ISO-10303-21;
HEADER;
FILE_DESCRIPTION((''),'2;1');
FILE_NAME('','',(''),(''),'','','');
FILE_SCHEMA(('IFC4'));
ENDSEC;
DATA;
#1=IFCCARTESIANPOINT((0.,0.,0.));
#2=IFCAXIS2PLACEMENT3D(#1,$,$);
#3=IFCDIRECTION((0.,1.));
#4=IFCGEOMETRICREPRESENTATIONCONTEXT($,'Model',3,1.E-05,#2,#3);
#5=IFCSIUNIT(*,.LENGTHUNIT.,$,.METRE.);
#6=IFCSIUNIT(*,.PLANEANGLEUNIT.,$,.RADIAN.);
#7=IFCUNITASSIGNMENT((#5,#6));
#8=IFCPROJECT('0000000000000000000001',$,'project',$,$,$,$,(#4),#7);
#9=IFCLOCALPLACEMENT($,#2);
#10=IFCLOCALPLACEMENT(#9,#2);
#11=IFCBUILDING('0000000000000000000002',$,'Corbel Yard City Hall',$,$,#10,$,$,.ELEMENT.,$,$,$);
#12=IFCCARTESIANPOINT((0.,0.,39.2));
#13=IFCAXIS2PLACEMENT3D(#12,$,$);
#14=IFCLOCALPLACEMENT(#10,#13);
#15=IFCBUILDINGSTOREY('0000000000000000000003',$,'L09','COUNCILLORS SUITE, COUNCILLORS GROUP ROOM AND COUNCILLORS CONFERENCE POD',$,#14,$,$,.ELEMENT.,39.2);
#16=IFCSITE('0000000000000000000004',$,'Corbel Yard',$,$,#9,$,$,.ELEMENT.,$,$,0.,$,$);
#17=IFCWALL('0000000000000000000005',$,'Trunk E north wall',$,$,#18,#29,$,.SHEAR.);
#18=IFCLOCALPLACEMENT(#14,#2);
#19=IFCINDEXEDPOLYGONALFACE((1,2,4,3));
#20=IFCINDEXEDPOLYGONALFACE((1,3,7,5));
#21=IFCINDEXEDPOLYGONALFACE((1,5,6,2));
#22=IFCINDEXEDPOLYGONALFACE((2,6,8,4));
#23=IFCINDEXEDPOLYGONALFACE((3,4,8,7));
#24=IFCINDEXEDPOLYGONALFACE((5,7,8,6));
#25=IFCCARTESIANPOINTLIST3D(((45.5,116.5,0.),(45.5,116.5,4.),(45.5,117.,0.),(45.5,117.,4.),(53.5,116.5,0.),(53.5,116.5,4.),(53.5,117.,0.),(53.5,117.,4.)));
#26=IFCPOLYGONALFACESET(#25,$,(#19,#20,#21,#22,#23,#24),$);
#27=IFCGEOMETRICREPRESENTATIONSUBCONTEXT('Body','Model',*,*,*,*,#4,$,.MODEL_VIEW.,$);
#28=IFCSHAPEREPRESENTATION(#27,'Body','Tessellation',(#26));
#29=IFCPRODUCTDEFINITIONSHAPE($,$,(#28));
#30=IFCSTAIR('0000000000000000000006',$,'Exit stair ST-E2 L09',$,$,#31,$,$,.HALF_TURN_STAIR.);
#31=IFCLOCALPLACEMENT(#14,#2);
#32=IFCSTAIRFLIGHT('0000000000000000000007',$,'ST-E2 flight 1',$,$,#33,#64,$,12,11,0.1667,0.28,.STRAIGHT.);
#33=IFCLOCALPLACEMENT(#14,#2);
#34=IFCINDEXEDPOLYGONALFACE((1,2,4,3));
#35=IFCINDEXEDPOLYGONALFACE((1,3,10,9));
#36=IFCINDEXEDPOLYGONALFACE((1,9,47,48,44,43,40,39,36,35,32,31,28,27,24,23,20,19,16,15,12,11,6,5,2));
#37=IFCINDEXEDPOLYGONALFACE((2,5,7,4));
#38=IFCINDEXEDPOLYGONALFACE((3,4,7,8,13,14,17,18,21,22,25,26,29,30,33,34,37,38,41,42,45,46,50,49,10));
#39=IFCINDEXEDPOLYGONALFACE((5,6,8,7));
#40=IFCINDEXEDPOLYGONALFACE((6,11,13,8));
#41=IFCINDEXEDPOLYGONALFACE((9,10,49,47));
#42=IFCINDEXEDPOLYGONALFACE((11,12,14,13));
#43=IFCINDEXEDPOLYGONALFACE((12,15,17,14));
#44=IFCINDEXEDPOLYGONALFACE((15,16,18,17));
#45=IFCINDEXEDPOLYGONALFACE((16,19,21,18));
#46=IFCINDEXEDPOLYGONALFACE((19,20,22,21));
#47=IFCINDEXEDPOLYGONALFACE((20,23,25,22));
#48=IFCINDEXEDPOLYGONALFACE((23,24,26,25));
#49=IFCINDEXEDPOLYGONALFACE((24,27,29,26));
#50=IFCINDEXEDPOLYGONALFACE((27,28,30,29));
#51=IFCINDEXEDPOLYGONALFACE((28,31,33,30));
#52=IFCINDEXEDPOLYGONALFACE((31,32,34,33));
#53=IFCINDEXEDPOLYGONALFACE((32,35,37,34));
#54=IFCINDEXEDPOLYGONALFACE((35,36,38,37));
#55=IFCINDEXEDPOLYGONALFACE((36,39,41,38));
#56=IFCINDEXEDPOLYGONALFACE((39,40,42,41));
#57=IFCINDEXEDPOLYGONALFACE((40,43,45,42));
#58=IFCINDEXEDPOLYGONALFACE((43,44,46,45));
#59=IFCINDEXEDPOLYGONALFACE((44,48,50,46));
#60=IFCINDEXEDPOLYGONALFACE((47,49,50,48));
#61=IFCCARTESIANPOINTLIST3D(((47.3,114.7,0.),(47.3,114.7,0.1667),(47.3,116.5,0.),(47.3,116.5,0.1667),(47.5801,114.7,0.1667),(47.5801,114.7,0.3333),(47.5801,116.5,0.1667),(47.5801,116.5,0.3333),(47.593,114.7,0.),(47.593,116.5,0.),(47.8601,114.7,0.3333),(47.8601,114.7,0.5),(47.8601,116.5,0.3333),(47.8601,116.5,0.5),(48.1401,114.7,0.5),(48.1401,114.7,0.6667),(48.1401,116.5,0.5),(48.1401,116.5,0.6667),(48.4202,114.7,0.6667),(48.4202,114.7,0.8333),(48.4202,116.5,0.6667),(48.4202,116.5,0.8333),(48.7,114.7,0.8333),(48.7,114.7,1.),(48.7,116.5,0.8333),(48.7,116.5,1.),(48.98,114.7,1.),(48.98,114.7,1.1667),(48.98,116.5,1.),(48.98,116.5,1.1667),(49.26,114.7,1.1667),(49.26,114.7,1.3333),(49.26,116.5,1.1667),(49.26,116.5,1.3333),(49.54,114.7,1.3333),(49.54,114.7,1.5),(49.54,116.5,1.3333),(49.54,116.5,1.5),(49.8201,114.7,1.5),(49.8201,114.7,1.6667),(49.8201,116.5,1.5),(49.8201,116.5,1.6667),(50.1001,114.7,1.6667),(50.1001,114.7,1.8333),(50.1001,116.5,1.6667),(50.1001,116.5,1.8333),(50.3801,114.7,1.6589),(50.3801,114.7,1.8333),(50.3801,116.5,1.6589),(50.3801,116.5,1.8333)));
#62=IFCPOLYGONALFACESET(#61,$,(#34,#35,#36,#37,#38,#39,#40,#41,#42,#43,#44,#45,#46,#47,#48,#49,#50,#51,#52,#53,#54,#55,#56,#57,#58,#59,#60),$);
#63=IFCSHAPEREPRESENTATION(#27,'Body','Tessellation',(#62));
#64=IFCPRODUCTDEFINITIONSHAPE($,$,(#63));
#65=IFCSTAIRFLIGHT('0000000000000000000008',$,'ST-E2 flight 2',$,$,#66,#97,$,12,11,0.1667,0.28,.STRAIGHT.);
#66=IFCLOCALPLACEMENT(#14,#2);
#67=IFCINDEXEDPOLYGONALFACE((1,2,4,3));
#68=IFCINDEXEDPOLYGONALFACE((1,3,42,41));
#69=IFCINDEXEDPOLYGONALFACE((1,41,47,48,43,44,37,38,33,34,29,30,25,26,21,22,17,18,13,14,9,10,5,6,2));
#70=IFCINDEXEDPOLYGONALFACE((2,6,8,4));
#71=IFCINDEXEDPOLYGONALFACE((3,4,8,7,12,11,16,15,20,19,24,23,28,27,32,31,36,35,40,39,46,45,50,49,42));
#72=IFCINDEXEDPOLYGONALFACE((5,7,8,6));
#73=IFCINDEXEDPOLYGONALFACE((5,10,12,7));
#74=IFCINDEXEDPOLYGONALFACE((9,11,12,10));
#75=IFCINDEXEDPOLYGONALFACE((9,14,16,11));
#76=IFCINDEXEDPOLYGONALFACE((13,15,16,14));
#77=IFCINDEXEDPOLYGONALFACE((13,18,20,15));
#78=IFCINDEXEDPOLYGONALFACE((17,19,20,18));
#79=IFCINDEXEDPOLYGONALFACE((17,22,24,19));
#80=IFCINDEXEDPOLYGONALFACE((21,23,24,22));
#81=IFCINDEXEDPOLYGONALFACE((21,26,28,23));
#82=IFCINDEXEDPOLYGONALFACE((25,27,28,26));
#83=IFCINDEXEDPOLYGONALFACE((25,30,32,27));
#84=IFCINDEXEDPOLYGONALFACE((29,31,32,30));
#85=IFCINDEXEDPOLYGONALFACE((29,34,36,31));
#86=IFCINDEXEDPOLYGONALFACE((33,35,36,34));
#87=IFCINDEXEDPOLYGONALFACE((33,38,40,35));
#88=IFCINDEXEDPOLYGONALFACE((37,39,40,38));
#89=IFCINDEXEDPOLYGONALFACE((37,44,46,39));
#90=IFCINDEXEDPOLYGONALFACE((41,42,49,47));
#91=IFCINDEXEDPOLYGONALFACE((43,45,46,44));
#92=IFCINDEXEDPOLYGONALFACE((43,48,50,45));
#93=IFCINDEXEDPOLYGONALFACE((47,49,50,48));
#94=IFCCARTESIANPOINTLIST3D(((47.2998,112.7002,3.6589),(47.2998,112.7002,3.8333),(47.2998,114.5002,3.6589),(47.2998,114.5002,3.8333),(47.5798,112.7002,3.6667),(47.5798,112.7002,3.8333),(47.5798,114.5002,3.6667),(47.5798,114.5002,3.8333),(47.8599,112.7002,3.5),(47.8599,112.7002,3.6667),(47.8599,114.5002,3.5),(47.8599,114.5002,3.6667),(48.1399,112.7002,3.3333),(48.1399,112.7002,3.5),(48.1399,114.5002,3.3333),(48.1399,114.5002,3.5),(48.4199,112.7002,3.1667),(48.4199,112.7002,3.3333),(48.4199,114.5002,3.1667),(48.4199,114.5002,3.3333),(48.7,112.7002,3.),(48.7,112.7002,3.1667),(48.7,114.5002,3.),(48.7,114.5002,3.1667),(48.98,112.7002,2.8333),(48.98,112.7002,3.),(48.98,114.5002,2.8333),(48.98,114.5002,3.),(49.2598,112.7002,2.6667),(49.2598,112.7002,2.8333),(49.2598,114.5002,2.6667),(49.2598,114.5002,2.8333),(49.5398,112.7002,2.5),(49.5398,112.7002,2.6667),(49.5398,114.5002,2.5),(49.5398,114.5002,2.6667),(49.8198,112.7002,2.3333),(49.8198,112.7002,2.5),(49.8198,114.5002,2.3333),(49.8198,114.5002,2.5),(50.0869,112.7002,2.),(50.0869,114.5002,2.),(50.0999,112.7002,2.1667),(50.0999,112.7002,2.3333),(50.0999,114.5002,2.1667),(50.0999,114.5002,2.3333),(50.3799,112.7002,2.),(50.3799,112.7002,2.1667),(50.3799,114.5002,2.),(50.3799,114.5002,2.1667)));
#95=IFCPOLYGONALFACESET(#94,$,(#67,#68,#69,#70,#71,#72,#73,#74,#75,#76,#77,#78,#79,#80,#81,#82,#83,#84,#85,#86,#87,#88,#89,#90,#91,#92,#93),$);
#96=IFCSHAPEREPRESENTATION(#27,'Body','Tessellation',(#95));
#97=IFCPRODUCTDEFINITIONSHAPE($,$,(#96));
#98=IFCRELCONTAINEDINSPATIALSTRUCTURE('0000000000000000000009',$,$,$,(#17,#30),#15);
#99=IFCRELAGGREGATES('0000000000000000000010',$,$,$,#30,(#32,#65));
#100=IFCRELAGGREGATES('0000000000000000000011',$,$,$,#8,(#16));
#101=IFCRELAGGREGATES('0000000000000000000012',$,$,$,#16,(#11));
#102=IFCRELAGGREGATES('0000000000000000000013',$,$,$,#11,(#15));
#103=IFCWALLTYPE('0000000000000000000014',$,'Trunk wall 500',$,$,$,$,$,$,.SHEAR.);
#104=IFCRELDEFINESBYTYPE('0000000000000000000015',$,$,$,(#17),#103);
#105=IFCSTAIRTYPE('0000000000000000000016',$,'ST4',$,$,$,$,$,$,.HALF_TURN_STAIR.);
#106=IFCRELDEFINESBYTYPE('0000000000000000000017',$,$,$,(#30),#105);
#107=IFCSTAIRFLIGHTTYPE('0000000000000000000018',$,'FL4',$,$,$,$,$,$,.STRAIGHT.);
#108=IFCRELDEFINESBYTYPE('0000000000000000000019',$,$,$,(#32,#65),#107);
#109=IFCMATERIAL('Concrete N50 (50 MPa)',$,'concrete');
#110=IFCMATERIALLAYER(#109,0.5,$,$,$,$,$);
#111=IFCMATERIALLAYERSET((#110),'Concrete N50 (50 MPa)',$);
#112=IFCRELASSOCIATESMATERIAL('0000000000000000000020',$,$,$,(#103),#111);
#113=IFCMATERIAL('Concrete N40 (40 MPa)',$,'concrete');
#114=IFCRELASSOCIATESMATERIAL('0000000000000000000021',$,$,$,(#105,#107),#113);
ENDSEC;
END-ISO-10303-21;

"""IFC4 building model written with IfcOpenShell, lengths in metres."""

from ifc_helpers import new_model, si_unit, direction, frame, frame_2d, origin, place, context, subcontext, project, spatial, polyline, rectangle, outline, extrude, material, layer, layer_set, type_object, element, aggregate, save


model = new_model("IFC4")

# Units and contexts
model_context = context("Model", 3, precision=1e-05, world=origin(), true_north=direction((0.0, 1.0)))
body_context = subcontext(model_context, "Body", "Model", "MODEL_VIEW")
ifc_project = project(units=[si_unit("LENGTHUNIT", "METRE"), si_unit("PLANEANGLEUNIT", "RADIAN")], contexts=[model_context])

# Site, building, storey
site_placement = place(None, origin())
site = spatial("IfcSite", under=ifc_project, at=site_placement, Name="Corbel Yard", CompositionType="ELEMENT", RefElevation=0.0)
building_placement = place(site_placement, origin())
building = spatial("IfcBuilding", under=site, at=building_placement, Name="Corbel Yard City Hall", CompositionType="ELEMENT")
storey_placement = place(building_placement, frame((0.0, 0.0, 39.2)))
storey = spatial("IfcBuildingStorey", under=building, at=storey_placement, Name="L09", Description="COUNCILLORS SUITE, COUNCILLORS GROUP ROOM AND COUNCILLORS CONFERENCE POD", CompositionType="ELEMENT", Elevation=39.2)

# Shared definitions
ifc_material_1 = material(Name="Concrete N40 (40 MPa)", Category="concrete")

# Wall
ifc_material_2 = material(Name="Concrete N50 (50 MPa)", Category="concrete")
ifc_layer_1 = layer(ifc_material_2, 0.5)
ifc_layer_set_1 = layer_set([ifc_layer_1], Name="Concrete N50 (50 MPa)")
wall_type_1 = type_object("IfcWallType", Name="Trunk wall 500", PredefinedType="SHEAR", material=ifc_layer_set_1)
wall_1_placement = place(storey_placement, frame((45.5, 116.75, 0.0), z_axis=(0.0, 0.0, 1.0), x_axis=(1.0, 0.0, 0.0)))
element("IfcWall", 1, at=wall_1_placement, inside=storey, type_object=wall_type_1, Name="Trunk E north wall", PredefinedType="SHEAR", context=body_context, shape_type="SweptSolid", body=[
    extrude(rectangle(XDim=8.0, YDim=0.5, at=frame_2d((4.0, 0.0))), origin(), (0.0, 0.0, 1.0), 4.0),
])

# Stair, stair flights
stair_type = type_object("IfcStairType", Name="ST4", PredefinedType="HALF_TURN_STAIR", material=ifc_material_1)
stair_placement = place(storey_placement, origin())
stair = element("IfcStair", 2, at=stair_placement, inside=storey, type_object=stair_type, Name="Exit stair ST-E2 L09", PredefinedType="HALF_TURN_STAIR")
stair_flight_type = type_object("IfcStairFlightType", Name="FL4", PredefinedType="STRAIGHT", material=ifc_material_1)
stair_flight_1_placement = place(storey_placement, frame((47.3, 115.6001, 0.0), z_axis=(0.0, 0.0, 1.0), x_axis=(1.0, 0.0, 0.0)))
stair_flight_1 = element("IfcStairFlight", 3, at=stair_flight_1_placement, type_object=stair_flight_type, Name="ST-E2 flight 1", NumberOfRisers=12, NumberOfTreads=11, PredefinedType="STRAIGHT", RiserHeight=0.1667, TreadLength=0.28, context=body_context, shape_type="SweptSolid", body=[
    extrude(outline(polyline([(0.0, 0.0), (0.0, 0.1667), (0.28, 0.1667), (0.28, 0.3333), (0.5601, 0.3333), (0.5601, 0.5), (0.8401, 0.5), (0.8401, 0.6667), (1.1201, 0.6667), (1.1201, 0.8333), (1.3999, 0.8333), (1.3999, 1.0), (1.6799, 1.0), (1.6799, 1.1667), (1.96, 1.1667), (1.96, 1.3333), (2.24, 1.3333), (2.24, 1.5), (2.52, 1.5), (2.52, 1.6667), (2.8, 1.6667), (2.8, 1.8333), (3.0801, 1.8333), (3.0801, 2.0), (3.0801, 1.6589), (0.293, 0.0), (0.0, 0.0)])), frame((0.0, 0.8999, 0.0), z_axis=(0.0, -1.0, 0.0), x_axis=(1.0, 0.0, 0.0)), (0.0, 0.0, 1.0), 1.8),
])
stair_flight_2_placement = place(storey_placement, frame((50.3799, 113.6001, 2.0), z_axis=(0.0, 0.0, 1.0), x_axis=(-1.0, 0.0, 0.0)))
stair_flight_2 = element("IfcStairFlight", 4, at=stair_flight_2_placement, type_object=stair_flight_type, Name="ST-E2 flight 2", NumberOfRisers=12, NumberOfTreads=11, PredefinedType="STRAIGHT", RiserHeight=0.1667, TreadLength=0.28, context=body_context, shape_type="SweptSolid", body=[
    extrude(outline(polyline([(0.0, 0.0), (0.0, 0.1667), (0.28, 0.1667), (0.28, 0.3333), (0.5601, 0.3333), (0.5601, 0.5), (0.8401, 0.5), (0.8401, 0.6667), (1.1201, 0.6667), (1.1201, 0.8333), (1.3999, 0.8333), (1.3999, 1.0), (1.6799, 1.0), (1.6799, 1.1667), (1.96, 1.1667), (1.96, 1.3333), (2.24, 1.3333), (2.24, 1.5), (2.52, 1.5), (2.52, 1.6667), (2.8, 1.6667), (2.8, 1.8333), (3.0801, 1.8333), (3.0801, 2.0), (3.0801, 1.6589), (0.293, 0.0), (0.0, 0.0)])), frame((0.0, 0.8999, 0.0), z_axis=(0.0, -1.0, 0.0), x_axis=(1.0, 0.0, 0.0)), (0.0, 0.0, 1.0), 1.8),
])
aggregate(stair, [stair_flight_1, stair_flight_2])

save(model, "model.ifc")
